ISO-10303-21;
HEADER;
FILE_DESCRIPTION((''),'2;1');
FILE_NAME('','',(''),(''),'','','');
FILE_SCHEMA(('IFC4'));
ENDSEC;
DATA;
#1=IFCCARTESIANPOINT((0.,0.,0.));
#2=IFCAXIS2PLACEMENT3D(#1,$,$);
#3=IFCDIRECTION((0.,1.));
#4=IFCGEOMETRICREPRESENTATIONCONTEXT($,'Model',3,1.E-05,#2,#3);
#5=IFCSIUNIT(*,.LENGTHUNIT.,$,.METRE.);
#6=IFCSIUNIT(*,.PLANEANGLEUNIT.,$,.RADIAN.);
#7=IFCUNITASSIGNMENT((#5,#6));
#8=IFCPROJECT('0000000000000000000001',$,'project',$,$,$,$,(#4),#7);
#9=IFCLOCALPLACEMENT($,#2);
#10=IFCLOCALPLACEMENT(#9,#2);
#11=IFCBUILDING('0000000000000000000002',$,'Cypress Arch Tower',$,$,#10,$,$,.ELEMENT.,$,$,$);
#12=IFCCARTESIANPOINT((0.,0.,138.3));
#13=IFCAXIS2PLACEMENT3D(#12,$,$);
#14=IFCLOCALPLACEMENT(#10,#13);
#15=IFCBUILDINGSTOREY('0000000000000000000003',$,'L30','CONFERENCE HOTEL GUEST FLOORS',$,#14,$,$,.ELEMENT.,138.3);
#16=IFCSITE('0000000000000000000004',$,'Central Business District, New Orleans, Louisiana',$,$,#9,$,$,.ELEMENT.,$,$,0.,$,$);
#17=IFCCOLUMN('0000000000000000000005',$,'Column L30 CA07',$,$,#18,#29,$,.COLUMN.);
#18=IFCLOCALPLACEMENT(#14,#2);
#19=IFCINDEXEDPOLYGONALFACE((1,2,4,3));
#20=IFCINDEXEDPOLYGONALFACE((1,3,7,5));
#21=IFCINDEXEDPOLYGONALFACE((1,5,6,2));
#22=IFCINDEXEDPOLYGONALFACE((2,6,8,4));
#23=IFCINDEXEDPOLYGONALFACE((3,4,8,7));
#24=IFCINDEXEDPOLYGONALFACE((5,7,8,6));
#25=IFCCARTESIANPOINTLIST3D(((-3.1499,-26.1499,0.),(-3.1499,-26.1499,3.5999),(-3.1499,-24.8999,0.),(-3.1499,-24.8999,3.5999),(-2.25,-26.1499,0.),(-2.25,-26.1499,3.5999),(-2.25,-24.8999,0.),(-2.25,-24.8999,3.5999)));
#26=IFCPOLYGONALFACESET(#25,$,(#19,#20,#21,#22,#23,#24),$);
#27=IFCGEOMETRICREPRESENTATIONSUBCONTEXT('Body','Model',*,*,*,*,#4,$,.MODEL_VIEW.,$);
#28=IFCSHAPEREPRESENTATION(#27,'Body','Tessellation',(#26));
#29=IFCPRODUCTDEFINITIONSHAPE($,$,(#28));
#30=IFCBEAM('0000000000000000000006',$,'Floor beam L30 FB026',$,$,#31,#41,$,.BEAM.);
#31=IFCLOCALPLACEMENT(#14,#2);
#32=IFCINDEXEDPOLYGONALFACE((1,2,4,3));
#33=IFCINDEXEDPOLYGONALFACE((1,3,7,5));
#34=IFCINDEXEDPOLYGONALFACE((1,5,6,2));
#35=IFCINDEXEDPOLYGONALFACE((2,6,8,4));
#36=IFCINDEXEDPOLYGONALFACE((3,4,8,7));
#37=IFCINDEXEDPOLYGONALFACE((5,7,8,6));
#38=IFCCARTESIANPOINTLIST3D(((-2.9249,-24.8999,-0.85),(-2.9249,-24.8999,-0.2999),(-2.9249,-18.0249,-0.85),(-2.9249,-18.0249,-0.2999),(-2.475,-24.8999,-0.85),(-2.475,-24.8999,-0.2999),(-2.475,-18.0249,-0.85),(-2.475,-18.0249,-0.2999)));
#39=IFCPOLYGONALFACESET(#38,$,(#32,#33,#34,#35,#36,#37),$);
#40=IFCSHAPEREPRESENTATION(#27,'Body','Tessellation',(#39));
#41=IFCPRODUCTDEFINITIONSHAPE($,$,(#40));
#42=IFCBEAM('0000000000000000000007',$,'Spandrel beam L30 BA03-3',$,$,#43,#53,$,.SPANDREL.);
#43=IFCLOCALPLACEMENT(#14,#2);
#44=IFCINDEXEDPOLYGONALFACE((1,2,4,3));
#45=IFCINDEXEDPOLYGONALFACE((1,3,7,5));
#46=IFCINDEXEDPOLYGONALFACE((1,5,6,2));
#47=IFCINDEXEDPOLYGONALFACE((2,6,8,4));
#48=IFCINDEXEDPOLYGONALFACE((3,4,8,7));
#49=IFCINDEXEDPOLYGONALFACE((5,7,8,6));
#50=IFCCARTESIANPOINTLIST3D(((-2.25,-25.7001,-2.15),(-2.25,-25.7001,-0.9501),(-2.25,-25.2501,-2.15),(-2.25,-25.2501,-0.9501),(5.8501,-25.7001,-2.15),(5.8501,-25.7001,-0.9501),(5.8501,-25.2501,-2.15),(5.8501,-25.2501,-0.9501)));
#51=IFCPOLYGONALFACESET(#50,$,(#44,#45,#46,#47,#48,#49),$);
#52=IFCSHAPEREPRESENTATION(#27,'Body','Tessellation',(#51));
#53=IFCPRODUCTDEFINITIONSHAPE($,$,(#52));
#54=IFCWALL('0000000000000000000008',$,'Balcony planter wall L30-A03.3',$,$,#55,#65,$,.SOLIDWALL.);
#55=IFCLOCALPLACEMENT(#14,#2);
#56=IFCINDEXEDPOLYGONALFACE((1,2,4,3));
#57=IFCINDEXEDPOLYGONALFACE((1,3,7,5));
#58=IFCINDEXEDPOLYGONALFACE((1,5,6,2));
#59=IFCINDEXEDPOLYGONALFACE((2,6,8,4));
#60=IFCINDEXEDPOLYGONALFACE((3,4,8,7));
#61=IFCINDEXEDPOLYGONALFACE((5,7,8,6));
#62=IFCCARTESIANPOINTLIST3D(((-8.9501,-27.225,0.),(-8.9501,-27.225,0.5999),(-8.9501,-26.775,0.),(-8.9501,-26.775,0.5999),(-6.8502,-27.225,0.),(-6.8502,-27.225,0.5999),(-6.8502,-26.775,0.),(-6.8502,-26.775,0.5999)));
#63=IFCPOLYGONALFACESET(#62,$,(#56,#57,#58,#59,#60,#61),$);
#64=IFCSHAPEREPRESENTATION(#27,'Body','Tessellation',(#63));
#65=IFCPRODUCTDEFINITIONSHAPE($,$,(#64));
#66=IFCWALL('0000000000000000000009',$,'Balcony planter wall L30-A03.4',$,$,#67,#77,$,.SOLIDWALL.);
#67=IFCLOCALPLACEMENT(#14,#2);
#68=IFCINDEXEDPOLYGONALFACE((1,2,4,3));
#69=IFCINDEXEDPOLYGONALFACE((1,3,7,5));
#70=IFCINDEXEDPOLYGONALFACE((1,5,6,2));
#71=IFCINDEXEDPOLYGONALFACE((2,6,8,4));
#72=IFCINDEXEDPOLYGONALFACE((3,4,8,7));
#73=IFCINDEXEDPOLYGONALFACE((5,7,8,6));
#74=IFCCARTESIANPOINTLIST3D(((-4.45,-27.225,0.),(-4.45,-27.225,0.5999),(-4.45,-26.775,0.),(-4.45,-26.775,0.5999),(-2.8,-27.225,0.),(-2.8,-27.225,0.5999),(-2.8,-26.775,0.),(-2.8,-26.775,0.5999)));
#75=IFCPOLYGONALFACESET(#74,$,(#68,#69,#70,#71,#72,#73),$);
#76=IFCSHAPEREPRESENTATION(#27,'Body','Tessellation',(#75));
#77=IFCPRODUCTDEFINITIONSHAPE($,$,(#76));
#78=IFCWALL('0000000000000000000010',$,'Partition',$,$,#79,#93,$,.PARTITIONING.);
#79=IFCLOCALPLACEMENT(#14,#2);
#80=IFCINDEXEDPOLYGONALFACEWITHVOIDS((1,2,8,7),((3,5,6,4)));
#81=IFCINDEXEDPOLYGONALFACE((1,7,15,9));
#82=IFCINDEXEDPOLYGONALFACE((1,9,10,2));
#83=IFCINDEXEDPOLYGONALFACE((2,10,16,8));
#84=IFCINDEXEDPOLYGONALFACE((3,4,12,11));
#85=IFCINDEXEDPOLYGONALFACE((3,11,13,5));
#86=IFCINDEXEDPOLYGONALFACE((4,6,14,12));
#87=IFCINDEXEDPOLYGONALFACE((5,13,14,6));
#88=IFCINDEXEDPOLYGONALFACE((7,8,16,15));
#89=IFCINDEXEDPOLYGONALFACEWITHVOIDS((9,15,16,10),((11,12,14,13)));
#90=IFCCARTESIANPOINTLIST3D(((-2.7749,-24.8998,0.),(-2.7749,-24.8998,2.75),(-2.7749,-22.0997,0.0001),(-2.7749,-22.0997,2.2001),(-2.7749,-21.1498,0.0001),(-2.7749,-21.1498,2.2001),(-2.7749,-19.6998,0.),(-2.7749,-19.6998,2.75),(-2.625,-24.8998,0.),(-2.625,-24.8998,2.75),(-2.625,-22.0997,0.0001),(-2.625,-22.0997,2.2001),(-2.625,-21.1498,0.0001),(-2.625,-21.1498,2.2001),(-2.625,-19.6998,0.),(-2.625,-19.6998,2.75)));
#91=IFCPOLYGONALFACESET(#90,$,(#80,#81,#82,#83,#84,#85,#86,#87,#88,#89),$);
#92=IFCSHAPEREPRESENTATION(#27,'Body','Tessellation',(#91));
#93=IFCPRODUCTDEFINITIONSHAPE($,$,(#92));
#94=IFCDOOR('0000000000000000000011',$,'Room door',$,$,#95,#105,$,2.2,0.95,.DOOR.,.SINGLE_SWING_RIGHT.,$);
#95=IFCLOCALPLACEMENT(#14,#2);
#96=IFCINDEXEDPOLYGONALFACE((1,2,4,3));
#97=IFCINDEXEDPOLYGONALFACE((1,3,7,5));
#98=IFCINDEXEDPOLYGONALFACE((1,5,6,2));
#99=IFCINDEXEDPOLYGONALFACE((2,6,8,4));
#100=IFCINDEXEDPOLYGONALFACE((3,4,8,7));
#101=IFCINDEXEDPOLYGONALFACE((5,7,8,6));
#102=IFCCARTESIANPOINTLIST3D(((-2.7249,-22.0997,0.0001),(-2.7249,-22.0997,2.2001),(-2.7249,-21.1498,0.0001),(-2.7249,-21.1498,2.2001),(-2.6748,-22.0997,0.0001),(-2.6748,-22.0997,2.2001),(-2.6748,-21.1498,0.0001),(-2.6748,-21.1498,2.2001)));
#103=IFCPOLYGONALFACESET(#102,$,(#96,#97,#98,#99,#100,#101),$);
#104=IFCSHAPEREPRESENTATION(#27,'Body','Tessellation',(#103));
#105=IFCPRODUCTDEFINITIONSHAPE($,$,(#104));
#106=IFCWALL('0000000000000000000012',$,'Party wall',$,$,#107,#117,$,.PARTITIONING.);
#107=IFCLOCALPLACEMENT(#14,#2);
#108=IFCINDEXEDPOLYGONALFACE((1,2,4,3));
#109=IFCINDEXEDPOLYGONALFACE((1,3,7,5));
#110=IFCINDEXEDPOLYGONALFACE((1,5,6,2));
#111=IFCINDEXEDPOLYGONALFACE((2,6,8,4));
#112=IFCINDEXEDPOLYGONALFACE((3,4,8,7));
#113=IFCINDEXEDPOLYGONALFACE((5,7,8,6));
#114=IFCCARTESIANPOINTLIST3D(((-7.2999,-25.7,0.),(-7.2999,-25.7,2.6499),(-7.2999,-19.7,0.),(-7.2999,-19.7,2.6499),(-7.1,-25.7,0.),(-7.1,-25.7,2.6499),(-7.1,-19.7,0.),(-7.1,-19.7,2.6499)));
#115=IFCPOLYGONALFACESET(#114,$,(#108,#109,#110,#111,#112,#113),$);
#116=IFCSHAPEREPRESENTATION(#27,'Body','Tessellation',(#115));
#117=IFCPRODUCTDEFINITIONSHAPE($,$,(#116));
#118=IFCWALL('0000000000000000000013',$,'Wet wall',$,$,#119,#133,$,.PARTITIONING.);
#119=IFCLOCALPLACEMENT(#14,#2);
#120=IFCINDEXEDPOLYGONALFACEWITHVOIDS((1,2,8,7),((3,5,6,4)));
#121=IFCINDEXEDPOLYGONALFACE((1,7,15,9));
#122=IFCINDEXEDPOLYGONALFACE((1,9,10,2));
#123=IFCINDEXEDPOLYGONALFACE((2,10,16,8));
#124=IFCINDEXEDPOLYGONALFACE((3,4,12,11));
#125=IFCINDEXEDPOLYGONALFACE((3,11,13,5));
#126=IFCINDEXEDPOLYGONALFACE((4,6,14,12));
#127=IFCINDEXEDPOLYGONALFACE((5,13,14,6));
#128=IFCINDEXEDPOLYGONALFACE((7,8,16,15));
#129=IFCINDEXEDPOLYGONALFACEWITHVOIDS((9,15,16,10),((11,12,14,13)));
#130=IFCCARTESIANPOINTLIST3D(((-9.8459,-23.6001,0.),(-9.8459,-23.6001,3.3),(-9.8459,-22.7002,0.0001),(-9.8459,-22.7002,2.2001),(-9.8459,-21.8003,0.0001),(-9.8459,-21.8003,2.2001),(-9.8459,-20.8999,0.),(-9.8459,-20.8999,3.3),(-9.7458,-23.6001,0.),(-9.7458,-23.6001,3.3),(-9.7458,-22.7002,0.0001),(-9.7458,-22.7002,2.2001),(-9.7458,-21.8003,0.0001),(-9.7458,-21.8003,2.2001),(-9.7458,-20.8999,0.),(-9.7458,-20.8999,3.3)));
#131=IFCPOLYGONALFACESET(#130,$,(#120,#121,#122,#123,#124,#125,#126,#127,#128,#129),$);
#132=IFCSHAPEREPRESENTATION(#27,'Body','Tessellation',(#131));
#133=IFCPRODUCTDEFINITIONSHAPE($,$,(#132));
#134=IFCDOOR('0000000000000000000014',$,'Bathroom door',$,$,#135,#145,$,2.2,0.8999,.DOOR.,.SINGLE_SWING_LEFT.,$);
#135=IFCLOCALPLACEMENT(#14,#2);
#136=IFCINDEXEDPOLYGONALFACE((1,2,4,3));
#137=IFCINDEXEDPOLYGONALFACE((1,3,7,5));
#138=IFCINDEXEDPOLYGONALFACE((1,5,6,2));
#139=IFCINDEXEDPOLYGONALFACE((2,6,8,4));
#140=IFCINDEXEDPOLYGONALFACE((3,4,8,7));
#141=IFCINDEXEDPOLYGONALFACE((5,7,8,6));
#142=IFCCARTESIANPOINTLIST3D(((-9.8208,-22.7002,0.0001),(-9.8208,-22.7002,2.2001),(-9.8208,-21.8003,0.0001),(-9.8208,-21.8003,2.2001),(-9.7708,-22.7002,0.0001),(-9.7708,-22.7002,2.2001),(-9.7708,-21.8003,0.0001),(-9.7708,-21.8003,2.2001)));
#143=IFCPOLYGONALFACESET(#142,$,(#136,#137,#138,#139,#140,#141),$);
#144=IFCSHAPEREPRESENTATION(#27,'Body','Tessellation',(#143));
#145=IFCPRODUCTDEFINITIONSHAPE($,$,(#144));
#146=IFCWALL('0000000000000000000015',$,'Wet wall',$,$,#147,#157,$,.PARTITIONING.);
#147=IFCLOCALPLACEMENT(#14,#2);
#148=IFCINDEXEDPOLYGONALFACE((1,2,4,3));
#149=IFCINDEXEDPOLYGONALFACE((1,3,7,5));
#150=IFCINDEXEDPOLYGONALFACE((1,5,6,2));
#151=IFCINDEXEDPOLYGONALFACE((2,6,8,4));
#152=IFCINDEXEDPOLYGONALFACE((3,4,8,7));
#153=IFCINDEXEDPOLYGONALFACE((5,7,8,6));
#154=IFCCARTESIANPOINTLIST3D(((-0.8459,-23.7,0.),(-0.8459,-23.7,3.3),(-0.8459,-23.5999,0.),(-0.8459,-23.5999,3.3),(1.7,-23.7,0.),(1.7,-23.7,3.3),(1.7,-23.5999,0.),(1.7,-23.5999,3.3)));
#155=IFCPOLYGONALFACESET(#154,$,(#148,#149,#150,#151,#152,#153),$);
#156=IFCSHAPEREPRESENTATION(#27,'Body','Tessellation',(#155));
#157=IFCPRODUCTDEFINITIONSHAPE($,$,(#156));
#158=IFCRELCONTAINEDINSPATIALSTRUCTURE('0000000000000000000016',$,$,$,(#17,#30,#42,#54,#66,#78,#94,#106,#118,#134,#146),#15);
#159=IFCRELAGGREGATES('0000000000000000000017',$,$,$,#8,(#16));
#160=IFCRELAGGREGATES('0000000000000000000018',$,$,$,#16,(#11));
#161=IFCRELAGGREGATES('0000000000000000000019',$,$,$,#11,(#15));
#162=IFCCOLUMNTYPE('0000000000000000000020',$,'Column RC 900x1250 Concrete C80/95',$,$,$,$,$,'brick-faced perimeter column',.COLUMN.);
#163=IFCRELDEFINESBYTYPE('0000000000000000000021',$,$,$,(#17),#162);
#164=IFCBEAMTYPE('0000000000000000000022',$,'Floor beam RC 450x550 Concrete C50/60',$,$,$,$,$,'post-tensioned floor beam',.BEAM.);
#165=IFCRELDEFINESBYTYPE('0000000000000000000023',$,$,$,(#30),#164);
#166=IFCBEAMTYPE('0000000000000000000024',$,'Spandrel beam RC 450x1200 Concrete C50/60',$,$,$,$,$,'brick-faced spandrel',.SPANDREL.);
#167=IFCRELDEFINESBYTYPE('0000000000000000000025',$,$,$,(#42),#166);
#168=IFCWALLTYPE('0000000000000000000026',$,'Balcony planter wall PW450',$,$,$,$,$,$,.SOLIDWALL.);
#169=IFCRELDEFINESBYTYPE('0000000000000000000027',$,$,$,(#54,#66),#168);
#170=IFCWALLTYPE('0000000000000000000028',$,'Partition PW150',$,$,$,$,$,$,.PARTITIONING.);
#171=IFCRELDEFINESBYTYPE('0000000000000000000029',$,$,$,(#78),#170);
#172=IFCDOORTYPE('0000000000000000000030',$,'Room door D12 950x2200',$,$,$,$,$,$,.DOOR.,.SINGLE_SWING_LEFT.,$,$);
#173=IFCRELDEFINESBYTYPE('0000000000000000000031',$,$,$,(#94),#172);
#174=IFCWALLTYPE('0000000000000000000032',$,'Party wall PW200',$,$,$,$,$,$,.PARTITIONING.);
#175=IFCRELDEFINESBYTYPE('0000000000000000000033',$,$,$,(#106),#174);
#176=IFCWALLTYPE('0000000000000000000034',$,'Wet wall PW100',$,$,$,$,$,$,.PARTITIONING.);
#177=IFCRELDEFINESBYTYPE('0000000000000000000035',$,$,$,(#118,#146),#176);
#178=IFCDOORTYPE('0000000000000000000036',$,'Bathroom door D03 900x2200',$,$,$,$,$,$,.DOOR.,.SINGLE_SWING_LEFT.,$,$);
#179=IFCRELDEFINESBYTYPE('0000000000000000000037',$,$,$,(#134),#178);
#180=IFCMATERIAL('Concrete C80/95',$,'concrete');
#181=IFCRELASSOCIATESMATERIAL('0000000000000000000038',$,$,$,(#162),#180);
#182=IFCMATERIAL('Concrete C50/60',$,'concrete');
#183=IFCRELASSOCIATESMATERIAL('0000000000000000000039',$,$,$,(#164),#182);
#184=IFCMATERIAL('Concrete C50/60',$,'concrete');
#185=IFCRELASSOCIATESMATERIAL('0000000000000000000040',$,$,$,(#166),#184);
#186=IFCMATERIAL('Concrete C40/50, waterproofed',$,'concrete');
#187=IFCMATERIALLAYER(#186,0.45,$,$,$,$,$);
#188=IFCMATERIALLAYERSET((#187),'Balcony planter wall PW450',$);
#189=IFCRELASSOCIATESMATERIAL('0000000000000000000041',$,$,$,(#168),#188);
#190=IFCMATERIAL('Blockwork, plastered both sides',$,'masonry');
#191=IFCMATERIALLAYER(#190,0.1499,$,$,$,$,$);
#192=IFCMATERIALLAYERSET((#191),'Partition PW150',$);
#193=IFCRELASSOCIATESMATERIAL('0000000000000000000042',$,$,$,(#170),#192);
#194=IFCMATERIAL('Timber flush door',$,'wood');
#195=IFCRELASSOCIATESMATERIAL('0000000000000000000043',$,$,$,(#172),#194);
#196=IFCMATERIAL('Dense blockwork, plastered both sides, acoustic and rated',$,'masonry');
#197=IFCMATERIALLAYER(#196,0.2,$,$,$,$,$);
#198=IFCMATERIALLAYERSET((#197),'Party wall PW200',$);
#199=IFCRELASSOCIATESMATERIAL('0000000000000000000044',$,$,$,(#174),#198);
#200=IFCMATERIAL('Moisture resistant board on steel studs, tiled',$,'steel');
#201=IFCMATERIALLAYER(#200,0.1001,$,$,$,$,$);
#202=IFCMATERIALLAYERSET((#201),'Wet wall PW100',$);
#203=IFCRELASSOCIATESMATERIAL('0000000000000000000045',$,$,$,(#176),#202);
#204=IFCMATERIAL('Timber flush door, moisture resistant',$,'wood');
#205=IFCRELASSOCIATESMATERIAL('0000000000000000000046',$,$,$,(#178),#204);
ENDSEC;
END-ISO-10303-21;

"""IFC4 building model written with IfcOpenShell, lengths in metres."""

from ifc_helpers import new_model, si_unit, direction, frame, frame_2d, origin, origin_2d, place, context, subcontext, project, spatial, rectangle, extrude, material, layer, layer_set, material_profile, profile_set, type_object, element, fill, save


model = new_model("IFC4")

# Units and contexts
model_context = context("Model", 3, precision=1e-05, world=origin(), true_north=direction((0.0, 1.0)))
body_context = subcontext(model_context, "Body", "Model", "MODEL_VIEW")
ifc_project = project(units=[si_unit("LENGTHUNIT", "METRE"), si_unit("PLANEANGLEUNIT", "RADIAN")], contexts=[model_context])

# Site, building, storey
site_placement = place(None, origin())
site = spatial("IfcSite", under=ifc_project, at=site_placement, Name="Central Business District, New Orleans, Louisiana", CompositionType="ELEMENT", RefElevation=0.0)
building_placement = place(site_placement, origin())
building = spatial("IfcBuilding", under=site, at=building_placement, Name="Cypress Arch Tower", CompositionType="ELEMENT")
storey_placement = place(building_placement, frame((0.0, 0.0, 138.3)))
storey = spatial("IfcBuildingStorey", under=building, at=storey_placement, Name="L30", Description="CONFERENCE HOTEL GUEST FLOORS", CompositionType="ELEMENT", Elevation=138.3)

# Column
ifc_material_1 = material(Name="Concrete C80/95", Category="concrete")
ifc_material_profile_1 = material_profile(ifc_material_1, rectangle(XDim=0.8999, YDim=1.25, at=origin_2d()), Name="RC 900x1250")
ifc_profile_set_1 = profile_set([ifc_material_profile_1], Name="Concrete C80/95")
column_type = type_object("IfcColumnType", Name="Column RC 900x1250 Concrete C80/95", ElementType="brick-faced perimeter column", PredefinedType="COLUMN", material=ifc_profile_set_1)
column_placement = place(storey_placement, frame((-2.7, -25.5249, 0.0), z_axis=(0.0, 0.0, 1.0), x_axis=(1.0, 0.0, 0.0)))
element("IfcColumn", 1, at=column_placement, inside=storey, type_object=column_type, Name="Column L30 CA07", PredefinedType="COLUMN", context=body_context, shape_type="SweptSolid", body=[
    extrude(rectangle(XDim=0.8999, YDim=1.25, at=origin_2d()), origin(), (0.0, 0.0, 1.0), 3.5999),
])

# Beams
ifc_material_2 = material(Name="Concrete C50/60", Category="concrete")
ifc_material_profile_2 = material_profile(ifc_material_2, rectangle(XDim=0.45, YDim=0.55, at=origin_2d()), Name="RC 450x550")
ifc_profile_set_2 = profile_set([ifc_material_profile_2], Name="Concrete C50/60")
beam_type_1 = type_object("IfcBeamType", Name="Floor beam RC 450x550 Concrete C50/60", ElementType="post-tensioned floor beam", PredefinedType="BEAM", material=ifc_profile_set_2)
beam_1_placement = place(storey_placement, frame((-2.7, -24.8999, -0.575), z_axis=(0.0, 1.0, 0.0), x_axis=(-1.0, 0.0, 0.0)))
element("IfcBeam", 2, at=beam_1_placement, inside=storey, type_object=beam_type_1, Name="Floor beam L30 FB026", PredefinedType="BEAM", context=body_context, shape_type="SweptSolid", body=[
    extrude(rectangle(XDim=0.45, YDim=0.55, at=origin_2d()), origin(), (0.0, 0.0, 1.0), 6.875),
])
ifc_material_3 = material(Name="Concrete C50/60", Category="concrete")
ifc_material_profile_3 = material_profile(ifc_material_3, rectangle(XDim=0.45, YDim=1.2, at=origin_2d()), Name="RC 450x1200")
ifc_profile_set_3 = profile_set([ifc_material_profile_3], Name="Concrete C50/60")
beam_type_2 = type_object("IfcBeamType", Name="Spandrel beam RC 450x1200 Concrete C50/60", ElementType="brick-faced spandrel", PredefinedType="SPANDREL", material=ifc_profile_set_3)
beam_2_placement = place(storey_placement, frame((-2.25, -25.4751, -1.55), z_axis=(1.0, 0.0, 0.0), x_axis=(0.0, 1.0, 0.0)))
element("IfcBeam", 3, at=beam_2_placement, inside=storey, type_object=beam_type_2, Name="Spandrel beam L30 BA03-3", PredefinedType="SPANDREL", context=body_context, shape_type="SweptSolid", body=[
    extrude(rectangle(XDim=0.45, YDim=1.2, at=origin_2d()), origin(), (0.0, 0.0, 1.0), 8.1001),
])

# Walls
ifc_material_4 = material(Name="Concrete C40/50, waterproofed", Category="concrete")
ifc_layer_1 = layer(ifc_material_4, 0.45)
ifc_layer_set_1 = layer_set([ifc_layer_1], Name="Balcony planter wall PW450")
wall_type_1 = type_object("IfcWallType", Name="Balcony planter wall PW450", PredefinedType="SOLIDWALL", material=ifc_layer_set_1)
wall_1_placement = place(storey_placement, frame((-8.95, -27.0, 0.0), z_axis=(0.0, 0.0, 1.0), x_axis=(1.0, 0.0, 0.0)))
element("IfcWall", 4, at=wall_1_placement, inside=storey, type_object=wall_type_1, Name="Balcony planter wall L30-A03.3", PredefinedType="SOLIDWALL", context=body_context, shape_type="SweptSolid", body=[
    extrude(rectangle(XDim=2.0999, YDim=0.45, at=frame_2d((1.0498, 0.0))), origin(), (0.0, 0.0, 1.0), 0.5999),
])
wall_2_placement = place(storey_placement, frame((-4.45, -27.0, 0.0), z_axis=(0.0, 0.0, 1.0), x_axis=(1.0, 0.0, 0.0)))
element("IfcWall", 5, at=wall_2_placement, inside=storey, type_object=wall_type_1, Name="Balcony planter wall L30-A03.4", PredefinedType="SOLIDWALL", context=body_context, shape_type="SweptSolid", body=[
    extrude(rectangle(XDim=1.6499, YDim=0.45, at=frame_2d((0.825, 0.0))), origin(), (0.0, 0.0, 1.0), 0.5999),
])

# Wall, opening, door
ifc_material_5 = material(Name="Blockwork, plastered both sides", Category="masonry")
ifc_layer_2 = layer(ifc_material_5, 0.1499)
ifc_layer_set_2 = layer_set([ifc_layer_2], Name="Partition PW150")
wall_type_2 = type_object("IfcWallType", Name="Partition PW150", PredefinedType="PARTITIONING", material=ifc_layer_set_2)
wall_3_placement = place(storey_placement, frame((-2.7, -24.8999, 0.0), z_axis=(0.0, 0.0, 1.0), x_axis=(0.0, 1.0, 0.0)))
wall_3 = element("IfcWall", 6, at=wall_3_placement, inside=storey, type_object=wall_type_2, Name="Partition", PredefinedType="PARTITIONING", context=body_context, shape_type="SweptSolid", body=[
    extrude(rectangle(XDim=5.2, YDim=0.1499, at=frame_2d((2.6001, 0.0))), origin(), (0.0, 0.0, 1.0), 2.75),
])
opening_1_placement = place(wall_3_placement, frame((2.8, 0.0, 0.0)))
opening_1 = element("IfcOpeningElement", 7, at=opening_1_placement, cuts=wall_3, PredefinedType="OPENING", context=body_context, shape_type="SweptSolid", body=[
    extrude(rectangle(XDim=0.95, YDim=2.2, at=frame_2d((0.4751, 1.1001))), frame((0.0, 0.085, 0.0), z_axis=(0.0, -1.0, 0.0), x_axis=(1.0, 0.0, 0.0)), (0.0, 0.0, 1.0), 0.1699),
])
ifc_material_6 = material(Name="Timber flush door", Category="wood")
door_type_1 = type_object("IfcDoorType", Name="Room door D12 950x2200", OperationType="SINGLE_SWING_LEFT", PredefinedType="DOOR", material=ifc_material_6)
door_1_placement = place(opening_1_placement, origin())
door_1 = element("IfcDoor", 8, at=door_1_placement, inside=storey, type_object=door_type_1, Name="Room door", OperationType="SINGLE_SWING_RIGHT", OverallHeight=2.2, OverallWidth=0.95, PredefinedType="DOOR", context=body_context, shape_type="SweptSolid", body=[
    extrude(rectangle(XDim=0.95, YDim=2.2, at=frame_2d((0.4751, 1.1001))), frame((0.0, 0.0249, 0.0), z_axis=(0.0, -1.0, 0.0), x_axis=(1.0, 0.0, 0.0)), (0.0, 0.0, 1.0), 0.05),
])
fill(opening_1, door_1)

# Wall
ifc_material_7 = material(Name="Dense blockwork, plastered both sides, acoustic and rated", Category="masonry")
ifc_layer_3 = layer(ifc_material_7, 0.2)
ifc_layer_set_3 = layer_set([ifc_layer_3], Name="Party wall PW200")
wall_type_3 = type_object("IfcWallType", Name="Party wall PW200", PredefinedType="PARTITIONING", material=ifc_layer_set_3)
wall_4_placement = place(storey_placement, frame((-7.2, -25.7, 0.0), z_axis=(0.0, 0.0, 1.0), x_axis=(0.0, 1.0, 0.0)))
element("IfcWall", 9, at=wall_4_placement, inside=storey, type_object=wall_type_3, Name="Party wall", PredefinedType="PARTITIONING", context=body_context, shape_type="SweptSolid", body=[
    extrude(rectangle(XDim=6.0, YDim=0.2, at=frame_2d((3.0, 0.0))), origin(), (0.0, 0.0, 1.0), 2.6499),
])

# Wall, opening, door
ifc_material_8 = material(Name="Moisture resistant board on steel studs, tiled", Category="steel")
ifc_layer_4 = layer(ifc_material_8, 0.1001)
ifc_layer_set_4 = layer_set([ifc_layer_4], Name="Wet wall PW100")
wall_type_4 = type_object("IfcWallType", Name="Wet wall PW100", PredefinedType="PARTITIONING", material=ifc_layer_set_4)
wall_5_placement = place(storey_placement, frame((-9.7959, -23.6001, 0.0), z_axis=(0.0, 0.0, 1.0), x_axis=(0.0, 1.0, 0.0)))
wall_5 = element("IfcWall", 10, at=wall_5_placement, inside=storey, type_object=wall_type_4, Name="Wet wall", PredefinedType="PARTITIONING", context=body_context, shape_type="SweptSolid", body=[
    extrude(rectangle(XDim=2.7002, YDim=0.1001, at=frame_2d((1.3501, 0.0))), origin(), (0.0, 0.0, 1.0), 3.3),
])
opening_2_placement = place(wall_5_placement, frame((0.8999, 0.0, 0.0)))
opening_2 = element("IfcOpeningElement", 11, at=opening_2_placement, cuts=wall_5, PredefinedType="OPENING", context=body_context, shape_type="SweptSolid", body=[
    extrude(rectangle(XDim=0.8999, YDim=2.2, at=frame_2d((0.45, 1.1001))), frame((0.0, 0.0601, 0.0), z_axis=(0.0, -1.0, 0.0), x_axis=(1.0, 0.0, 0.0)), (0.0, 0.0, 1.0), 0.1201),
])
ifc_material_9 = material(Name="Timber flush door, moisture resistant", Category="wood")
door_type_2 = type_object("IfcDoorType", Name="Bathroom door D03 900x2200", OperationType="SINGLE_SWING_LEFT", PredefinedType="DOOR", material=ifc_material_9)
door_2_placement = place(opening_2_placement, origin())
door_2 = element("IfcDoor", 12, at=door_2_placement, inside=storey, type_object=door_type_2, Name="Bathroom door", OperationType="SINGLE_SWING_LEFT", OverallHeight=2.2, OverallWidth=0.8999, PredefinedType="DOOR", context=body_context, shape_type="SweptSolid", body=[
    extrude(rectangle(XDim=0.8999, YDim=2.2, at=frame_2d((0.45, 1.1001))), frame((0.0, 0.0249, 0.0), z_axis=(0.0, -1.0, 0.0), x_axis=(1.0, 0.0, 0.0)), (0.0, 0.0, 1.0), 0.05),
])
fill(opening_2, door_2)

# Wall
wall_6_placement = place(storey_placement, frame((-0.8459, -23.6499, 0.0), z_axis=(0.0, 0.0, 1.0), x_axis=(1.0, 0.0, 0.0)))
element("IfcWall", 13, at=wall_6_placement, inside=storey, type_object=wall_type_4, Name="Wet wall", PredefinedType="PARTITIONING", context=body_context, shape_type="SweptSolid", body=[
    extrude(rectangle(XDim=2.5459, YDim=0.1001, at=frame_2d((1.2729, 0.0))), origin(), (0.0, 0.0, 1.0), 3.3),
])

save(model, "model.ifc")
